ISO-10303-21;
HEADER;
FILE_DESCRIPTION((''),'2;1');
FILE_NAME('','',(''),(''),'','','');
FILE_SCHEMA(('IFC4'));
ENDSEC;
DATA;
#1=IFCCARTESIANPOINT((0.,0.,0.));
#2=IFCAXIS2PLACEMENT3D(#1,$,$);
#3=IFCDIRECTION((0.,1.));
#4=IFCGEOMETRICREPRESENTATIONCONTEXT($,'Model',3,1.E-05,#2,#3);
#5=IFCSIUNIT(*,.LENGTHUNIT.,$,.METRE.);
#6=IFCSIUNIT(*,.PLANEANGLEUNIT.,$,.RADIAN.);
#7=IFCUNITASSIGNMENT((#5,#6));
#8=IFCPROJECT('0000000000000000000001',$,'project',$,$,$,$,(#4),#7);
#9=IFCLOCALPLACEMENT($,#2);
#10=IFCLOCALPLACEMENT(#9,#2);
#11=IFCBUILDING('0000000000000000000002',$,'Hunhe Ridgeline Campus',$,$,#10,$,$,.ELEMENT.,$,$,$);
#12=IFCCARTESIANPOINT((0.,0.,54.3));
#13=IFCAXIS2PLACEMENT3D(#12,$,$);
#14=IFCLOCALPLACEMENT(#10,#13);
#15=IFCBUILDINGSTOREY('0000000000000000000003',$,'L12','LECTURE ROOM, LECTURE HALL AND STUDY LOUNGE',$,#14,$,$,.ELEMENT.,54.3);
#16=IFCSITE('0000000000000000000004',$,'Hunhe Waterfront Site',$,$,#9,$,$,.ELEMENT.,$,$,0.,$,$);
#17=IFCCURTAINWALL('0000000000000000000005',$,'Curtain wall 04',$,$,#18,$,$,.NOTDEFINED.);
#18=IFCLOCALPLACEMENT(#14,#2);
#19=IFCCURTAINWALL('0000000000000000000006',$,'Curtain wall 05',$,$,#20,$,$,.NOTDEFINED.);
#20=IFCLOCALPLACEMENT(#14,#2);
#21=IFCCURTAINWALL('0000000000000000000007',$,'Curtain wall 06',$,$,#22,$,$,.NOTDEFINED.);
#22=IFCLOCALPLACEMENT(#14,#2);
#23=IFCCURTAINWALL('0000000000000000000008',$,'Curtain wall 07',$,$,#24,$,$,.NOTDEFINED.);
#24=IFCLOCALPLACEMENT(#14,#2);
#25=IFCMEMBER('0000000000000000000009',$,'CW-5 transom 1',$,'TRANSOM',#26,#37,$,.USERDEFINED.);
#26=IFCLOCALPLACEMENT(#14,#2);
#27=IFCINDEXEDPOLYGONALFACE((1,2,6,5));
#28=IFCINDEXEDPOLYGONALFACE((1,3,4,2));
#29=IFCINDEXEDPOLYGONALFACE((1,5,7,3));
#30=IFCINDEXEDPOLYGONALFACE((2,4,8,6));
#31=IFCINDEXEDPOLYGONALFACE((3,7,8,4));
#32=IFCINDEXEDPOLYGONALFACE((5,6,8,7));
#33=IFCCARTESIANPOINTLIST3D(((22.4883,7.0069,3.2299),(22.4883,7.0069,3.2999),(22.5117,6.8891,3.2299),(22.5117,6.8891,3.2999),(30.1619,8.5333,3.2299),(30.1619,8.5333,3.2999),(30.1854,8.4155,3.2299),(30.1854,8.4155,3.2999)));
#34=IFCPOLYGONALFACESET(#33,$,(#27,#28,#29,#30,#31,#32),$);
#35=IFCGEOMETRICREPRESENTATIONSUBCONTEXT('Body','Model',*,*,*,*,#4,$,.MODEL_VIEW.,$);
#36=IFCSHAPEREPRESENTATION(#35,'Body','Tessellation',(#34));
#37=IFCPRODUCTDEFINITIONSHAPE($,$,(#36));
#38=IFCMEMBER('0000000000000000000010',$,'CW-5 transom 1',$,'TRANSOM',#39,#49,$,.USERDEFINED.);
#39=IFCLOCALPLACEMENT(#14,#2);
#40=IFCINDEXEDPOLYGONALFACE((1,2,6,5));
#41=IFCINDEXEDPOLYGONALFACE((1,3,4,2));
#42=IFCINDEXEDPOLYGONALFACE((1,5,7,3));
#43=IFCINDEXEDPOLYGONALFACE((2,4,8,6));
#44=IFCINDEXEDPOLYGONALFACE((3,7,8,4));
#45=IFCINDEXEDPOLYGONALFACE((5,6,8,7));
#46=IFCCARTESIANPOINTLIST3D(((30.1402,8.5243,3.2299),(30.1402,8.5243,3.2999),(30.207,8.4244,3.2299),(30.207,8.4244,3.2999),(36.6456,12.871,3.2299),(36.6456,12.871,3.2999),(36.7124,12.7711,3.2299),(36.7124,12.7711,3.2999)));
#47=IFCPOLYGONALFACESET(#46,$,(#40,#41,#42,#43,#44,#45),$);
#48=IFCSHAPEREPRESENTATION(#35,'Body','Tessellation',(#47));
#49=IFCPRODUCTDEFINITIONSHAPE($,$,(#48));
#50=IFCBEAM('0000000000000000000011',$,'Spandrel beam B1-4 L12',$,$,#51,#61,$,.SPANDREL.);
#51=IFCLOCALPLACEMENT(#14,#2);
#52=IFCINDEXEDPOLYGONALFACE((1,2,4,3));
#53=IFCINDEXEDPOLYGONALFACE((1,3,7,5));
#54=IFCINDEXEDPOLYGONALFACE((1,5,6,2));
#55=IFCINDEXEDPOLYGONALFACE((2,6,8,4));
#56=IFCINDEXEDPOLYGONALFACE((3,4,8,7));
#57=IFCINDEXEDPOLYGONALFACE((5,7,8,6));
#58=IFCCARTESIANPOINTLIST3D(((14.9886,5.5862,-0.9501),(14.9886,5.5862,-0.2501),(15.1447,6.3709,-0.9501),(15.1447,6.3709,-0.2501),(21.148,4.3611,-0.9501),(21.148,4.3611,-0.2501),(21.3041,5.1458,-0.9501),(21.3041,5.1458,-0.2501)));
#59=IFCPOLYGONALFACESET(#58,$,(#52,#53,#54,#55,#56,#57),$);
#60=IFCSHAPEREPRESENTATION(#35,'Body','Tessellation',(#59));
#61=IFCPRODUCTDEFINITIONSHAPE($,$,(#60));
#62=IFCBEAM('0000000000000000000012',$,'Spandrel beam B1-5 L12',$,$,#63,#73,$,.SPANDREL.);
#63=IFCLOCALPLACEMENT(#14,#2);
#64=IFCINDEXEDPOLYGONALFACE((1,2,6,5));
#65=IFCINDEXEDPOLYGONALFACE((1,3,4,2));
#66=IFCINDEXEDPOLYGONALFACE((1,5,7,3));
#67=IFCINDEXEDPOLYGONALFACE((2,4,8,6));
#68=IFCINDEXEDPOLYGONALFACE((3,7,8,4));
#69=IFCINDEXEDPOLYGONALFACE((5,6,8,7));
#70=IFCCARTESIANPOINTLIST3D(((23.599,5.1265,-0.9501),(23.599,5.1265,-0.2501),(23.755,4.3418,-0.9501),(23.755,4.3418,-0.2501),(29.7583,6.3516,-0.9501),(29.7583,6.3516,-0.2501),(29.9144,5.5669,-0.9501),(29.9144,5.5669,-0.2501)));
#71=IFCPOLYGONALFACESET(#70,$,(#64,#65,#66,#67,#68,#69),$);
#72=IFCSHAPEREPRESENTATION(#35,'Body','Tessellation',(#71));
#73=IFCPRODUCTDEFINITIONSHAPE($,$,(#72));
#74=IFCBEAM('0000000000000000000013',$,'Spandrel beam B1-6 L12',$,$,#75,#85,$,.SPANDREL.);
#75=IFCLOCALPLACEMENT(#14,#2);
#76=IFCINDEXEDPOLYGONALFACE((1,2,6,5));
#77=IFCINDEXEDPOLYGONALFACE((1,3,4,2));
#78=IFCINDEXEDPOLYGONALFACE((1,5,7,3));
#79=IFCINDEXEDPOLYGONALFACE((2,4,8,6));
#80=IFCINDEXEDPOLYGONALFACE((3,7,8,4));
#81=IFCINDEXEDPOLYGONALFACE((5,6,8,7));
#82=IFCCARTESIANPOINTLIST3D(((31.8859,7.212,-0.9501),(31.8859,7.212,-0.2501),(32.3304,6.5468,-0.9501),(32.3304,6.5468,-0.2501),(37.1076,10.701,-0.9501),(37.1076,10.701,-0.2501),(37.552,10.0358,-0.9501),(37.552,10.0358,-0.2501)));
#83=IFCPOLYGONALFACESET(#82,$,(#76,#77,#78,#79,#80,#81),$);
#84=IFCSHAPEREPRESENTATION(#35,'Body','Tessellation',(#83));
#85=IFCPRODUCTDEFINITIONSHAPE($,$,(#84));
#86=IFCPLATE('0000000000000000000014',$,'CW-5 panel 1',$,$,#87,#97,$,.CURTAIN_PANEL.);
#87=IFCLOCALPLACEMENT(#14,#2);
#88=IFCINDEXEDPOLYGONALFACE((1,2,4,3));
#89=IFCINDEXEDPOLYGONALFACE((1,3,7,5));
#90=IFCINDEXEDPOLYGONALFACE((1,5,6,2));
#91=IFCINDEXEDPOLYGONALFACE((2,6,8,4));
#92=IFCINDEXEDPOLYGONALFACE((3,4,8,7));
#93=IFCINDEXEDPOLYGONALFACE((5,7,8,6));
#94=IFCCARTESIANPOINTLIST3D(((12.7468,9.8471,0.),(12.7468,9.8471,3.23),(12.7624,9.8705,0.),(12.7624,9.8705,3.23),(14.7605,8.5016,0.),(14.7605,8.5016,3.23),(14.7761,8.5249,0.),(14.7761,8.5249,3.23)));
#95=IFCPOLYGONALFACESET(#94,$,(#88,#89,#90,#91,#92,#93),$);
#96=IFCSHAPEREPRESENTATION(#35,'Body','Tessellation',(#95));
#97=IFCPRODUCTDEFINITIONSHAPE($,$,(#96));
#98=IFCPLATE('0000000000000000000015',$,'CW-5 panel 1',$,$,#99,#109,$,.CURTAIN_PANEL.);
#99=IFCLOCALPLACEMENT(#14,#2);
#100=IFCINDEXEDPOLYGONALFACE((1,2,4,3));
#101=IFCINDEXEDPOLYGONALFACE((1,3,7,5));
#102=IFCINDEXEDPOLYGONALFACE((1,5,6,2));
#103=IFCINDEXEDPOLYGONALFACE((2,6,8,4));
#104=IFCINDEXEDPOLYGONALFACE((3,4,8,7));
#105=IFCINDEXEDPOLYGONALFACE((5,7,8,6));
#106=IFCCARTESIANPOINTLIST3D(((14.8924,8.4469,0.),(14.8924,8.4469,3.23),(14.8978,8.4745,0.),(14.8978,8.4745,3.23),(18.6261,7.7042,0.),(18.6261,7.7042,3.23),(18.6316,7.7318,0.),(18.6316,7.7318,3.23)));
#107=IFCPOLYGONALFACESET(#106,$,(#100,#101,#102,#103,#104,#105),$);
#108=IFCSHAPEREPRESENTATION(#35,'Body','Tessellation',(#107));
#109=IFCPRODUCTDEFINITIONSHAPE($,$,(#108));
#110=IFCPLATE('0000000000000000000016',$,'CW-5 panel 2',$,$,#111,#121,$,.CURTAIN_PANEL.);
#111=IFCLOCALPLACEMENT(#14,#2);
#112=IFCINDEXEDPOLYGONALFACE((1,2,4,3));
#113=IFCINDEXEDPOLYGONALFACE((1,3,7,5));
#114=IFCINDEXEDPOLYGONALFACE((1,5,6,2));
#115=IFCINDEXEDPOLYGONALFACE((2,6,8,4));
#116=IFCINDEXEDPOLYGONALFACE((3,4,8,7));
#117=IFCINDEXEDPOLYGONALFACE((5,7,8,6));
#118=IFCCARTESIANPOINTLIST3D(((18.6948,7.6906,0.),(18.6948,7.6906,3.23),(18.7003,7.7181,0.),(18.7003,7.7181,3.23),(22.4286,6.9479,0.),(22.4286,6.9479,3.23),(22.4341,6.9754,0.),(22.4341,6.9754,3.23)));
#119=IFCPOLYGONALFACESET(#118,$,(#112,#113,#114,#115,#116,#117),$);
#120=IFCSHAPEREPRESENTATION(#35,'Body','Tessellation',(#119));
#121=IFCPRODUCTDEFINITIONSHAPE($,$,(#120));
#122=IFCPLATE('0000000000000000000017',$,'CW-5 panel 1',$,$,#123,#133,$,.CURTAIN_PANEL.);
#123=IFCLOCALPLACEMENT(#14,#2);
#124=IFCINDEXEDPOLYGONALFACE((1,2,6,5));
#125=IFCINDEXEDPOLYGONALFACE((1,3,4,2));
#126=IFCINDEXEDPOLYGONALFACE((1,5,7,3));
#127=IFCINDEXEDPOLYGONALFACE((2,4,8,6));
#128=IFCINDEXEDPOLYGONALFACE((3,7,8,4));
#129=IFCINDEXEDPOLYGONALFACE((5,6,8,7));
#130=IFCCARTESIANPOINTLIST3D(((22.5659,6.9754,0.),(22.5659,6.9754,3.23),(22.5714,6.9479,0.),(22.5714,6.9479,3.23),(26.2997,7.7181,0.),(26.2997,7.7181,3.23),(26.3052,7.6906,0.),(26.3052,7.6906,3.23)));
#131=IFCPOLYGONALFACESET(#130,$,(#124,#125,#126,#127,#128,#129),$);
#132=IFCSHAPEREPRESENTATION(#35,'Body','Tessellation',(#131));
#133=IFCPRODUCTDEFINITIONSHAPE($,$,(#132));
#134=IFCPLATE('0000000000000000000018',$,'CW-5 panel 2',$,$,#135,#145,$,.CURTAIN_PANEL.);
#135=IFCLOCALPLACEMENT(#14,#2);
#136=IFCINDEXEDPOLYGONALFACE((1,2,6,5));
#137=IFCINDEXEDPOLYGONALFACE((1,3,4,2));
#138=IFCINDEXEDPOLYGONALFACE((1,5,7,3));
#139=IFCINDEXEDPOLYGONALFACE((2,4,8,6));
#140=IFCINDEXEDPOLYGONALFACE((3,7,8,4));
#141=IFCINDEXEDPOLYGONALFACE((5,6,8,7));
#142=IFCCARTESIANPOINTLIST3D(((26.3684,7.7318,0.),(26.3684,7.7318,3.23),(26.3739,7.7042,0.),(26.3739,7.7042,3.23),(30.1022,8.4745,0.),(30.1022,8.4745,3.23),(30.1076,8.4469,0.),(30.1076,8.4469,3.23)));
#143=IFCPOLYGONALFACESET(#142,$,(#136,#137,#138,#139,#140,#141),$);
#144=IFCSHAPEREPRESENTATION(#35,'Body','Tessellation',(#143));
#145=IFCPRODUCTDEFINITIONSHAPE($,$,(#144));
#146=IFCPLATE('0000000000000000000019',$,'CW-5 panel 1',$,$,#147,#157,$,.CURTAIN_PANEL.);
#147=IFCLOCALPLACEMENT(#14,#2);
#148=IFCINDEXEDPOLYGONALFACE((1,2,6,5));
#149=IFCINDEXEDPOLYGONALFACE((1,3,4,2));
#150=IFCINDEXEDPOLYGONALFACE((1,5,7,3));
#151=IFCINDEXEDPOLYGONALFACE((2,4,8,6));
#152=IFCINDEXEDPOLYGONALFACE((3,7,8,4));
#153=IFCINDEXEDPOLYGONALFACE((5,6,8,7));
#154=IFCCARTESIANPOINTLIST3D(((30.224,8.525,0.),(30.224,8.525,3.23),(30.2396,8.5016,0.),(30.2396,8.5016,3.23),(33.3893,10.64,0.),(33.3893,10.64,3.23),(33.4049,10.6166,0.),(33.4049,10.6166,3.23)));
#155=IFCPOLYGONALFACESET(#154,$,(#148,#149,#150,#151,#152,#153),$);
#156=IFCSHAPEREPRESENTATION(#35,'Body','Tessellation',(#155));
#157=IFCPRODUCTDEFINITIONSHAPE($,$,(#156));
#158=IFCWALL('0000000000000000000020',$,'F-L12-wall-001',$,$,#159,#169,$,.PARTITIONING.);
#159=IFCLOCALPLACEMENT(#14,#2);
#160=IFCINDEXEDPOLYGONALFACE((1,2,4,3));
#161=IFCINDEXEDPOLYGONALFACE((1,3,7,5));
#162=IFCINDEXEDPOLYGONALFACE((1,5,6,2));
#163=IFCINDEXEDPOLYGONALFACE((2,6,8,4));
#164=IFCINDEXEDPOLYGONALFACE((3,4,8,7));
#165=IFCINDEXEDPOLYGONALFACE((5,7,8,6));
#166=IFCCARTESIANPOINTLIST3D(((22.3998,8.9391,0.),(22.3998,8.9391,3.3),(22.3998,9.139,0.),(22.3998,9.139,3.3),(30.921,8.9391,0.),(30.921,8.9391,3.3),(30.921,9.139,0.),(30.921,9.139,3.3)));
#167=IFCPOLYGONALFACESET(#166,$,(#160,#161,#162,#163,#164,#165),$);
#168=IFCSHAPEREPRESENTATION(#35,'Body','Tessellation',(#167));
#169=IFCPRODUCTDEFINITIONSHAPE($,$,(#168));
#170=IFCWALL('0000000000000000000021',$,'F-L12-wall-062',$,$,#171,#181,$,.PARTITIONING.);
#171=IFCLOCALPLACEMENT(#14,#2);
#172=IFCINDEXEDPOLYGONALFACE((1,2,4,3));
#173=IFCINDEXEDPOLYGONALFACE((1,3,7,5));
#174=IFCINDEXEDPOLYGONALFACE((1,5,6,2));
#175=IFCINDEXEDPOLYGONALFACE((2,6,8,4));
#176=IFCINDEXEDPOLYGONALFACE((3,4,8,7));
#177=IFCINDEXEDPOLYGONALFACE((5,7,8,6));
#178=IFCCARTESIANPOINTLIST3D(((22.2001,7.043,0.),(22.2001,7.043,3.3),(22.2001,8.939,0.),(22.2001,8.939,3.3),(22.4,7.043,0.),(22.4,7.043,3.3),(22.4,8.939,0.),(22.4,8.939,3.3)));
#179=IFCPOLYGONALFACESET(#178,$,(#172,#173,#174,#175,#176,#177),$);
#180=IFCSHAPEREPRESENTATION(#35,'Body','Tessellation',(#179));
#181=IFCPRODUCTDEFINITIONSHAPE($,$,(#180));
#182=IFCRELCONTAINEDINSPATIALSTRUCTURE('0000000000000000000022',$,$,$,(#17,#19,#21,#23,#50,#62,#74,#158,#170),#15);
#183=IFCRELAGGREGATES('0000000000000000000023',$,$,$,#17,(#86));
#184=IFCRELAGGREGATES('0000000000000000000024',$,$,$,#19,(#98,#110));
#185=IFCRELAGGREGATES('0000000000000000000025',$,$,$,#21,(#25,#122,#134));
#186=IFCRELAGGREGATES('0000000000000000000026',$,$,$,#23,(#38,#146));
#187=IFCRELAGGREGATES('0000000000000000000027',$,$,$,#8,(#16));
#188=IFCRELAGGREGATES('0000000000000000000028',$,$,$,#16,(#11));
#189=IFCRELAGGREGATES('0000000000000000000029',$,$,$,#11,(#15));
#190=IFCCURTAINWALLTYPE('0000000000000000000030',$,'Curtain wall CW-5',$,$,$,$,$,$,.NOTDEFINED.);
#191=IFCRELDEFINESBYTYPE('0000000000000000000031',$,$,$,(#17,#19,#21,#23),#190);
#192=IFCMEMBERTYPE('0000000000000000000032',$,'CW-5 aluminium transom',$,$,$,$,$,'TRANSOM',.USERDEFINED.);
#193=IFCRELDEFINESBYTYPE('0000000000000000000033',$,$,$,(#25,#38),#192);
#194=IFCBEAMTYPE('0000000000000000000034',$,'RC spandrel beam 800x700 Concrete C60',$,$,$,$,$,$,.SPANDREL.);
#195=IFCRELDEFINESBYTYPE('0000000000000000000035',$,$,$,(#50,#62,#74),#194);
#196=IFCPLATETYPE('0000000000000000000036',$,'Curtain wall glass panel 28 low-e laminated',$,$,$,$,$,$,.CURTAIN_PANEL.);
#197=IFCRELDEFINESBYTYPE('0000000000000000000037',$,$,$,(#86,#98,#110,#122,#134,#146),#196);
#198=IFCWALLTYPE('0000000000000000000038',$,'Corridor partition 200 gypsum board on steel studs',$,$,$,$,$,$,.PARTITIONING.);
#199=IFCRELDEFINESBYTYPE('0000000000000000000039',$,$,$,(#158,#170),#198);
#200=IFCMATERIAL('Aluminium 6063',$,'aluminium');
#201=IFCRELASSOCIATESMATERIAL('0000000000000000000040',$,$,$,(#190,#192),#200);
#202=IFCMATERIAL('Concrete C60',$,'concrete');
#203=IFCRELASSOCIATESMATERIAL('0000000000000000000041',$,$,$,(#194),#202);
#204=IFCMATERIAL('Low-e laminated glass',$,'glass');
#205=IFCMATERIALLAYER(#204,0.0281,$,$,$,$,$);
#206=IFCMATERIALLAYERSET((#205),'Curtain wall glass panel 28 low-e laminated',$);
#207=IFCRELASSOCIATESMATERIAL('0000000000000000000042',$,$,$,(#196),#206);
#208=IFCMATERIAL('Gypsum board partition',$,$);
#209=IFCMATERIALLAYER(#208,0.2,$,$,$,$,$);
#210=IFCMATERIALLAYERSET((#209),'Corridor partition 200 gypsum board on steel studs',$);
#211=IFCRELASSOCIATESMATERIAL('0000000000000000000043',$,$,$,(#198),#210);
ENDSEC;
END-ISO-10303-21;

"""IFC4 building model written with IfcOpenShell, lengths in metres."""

from ifc_helpers import new_model, si_unit, direction, frame, frame_2d, origin, origin_2d, place, context, subcontext, project, spatial, rectangle, extrude, material, layer, layer_set, material_profile, profile_set, type_object, element, aggregate, save


model = new_model("IFC4")

# Units and contexts
model_context = context("Model", 3, precision=1e-05, world=origin(), true_north=direction((0.0, 1.0)))
body_context = subcontext(model_context, "Body", "Model", "MODEL_VIEW")
ifc_project = project(units=[si_unit("LENGTHUNIT", "METRE"), si_unit("PLANEANGLEUNIT", "RADIAN")], contexts=[model_context])

# Site, building, storey
site_placement = place(None, origin())
site = spatial("IfcSite", under=ifc_project, at=site_placement, Name="Hunhe Waterfront Site", CompositionType="ELEMENT", RefElevation=0.0)
building_placement = place(site_placement, origin())
building = spatial("IfcBuilding", under=site, at=building_placement, Name="Hunhe Ridgeline Campus", CompositionType="ELEMENT")
storey_placement = place(building_placement, frame((0.0, 0.0, 54.3)))
storey = spatial("IfcBuildingStorey", under=building, at=storey_placement, Name="L12", Description="LECTURE ROOM, LECTURE HALL AND STUDY LOUNGE", CompositionType="ELEMENT", Elevation=54.3)

# Curtain walls
ifc_material_1 = material(Name="Aluminium 6063", Category="aluminium")
curtain_wall_type = type_object("IfcCurtainWallType", Name="Curtain wall CW-5", PredefinedType="NOTDEFINED", material=ifc_material_1)
curtain_wall_1_placement = place(storey_placement, origin())
curtain_wall_1 = element("IfcCurtainWall", 1, at=curtain_wall_1_placement, inside=storey, type_object=curtain_wall_type, Name="Curtain wall 04", PredefinedType="NOTDEFINED")
curtain_wall_2_placement = place(storey_placement, origin())
curtain_wall_2 = element("IfcCurtainWall", 2, at=curtain_wall_2_placement, inside=storey, type_object=curtain_wall_type, Name="Curtain wall 05", PredefinedType="NOTDEFINED")
curtain_wall_3_placement = place(storey_placement, origin())
curtain_wall_3 = element("IfcCurtainWall", 3, at=curtain_wall_3_placement, inside=storey, type_object=curtain_wall_type, Name="Curtain wall 06", PredefinedType="NOTDEFINED")
curtain_wall_4_placement = place(storey_placement, origin())
curtain_wall_4 = element("IfcCurtainWall", 4, at=curtain_wall_4_placement, inside=storey, type_object=curtain_wall_type, Name="Curtain wall 07", PredefinedType="NOTDEFINED")

# Members
ifc_material_profile_1 = material_profile(ifc_material_1, rectangle(XDim=0.1201, YDim=0.0701, at=origin_2d()))
ifc_profile_set_1 = profile_set([ifc_material_profile_1], Name="Aluminium 6063")
member_type_1 = type_object("IfcMemberType", Name="CW-5 aluminium transom", ElementType="TRANSOM", PredefinedType="USERDEFINED", material=ifc_profile_set_1)
member_1_placement = place(storey_placement, frame((22.5, 6.948, 3.2649), z_axis=(0.980785, 0.19509, 0.0), x_axis=(-0.19509, 0.980785, 0.0)))
member_1 = element("IfcMember", 5, at=member_1_placement, type_object=member_type_1, Name="CW-5 transom 1", ObjectType="TRANSOM", PredefinedType="USERDEFINED", context=body_context, shape_type="SweptSolid", body=[
    extrude(rectangle(XDim=0.1201, YDim=0.0701, at=origin_2d()), origin(), (0.0, 0.0, 1.0), 7.824),
])
member_2_placement = place(storey_placement, frame((30.1736, 8.4744, 3.2649), z_axis=(0.831474, 0.555564, 0.0), x_axis=(-0.555564, 0.831474, 0.0)))
member_2 = element("IfcMember", 6, at=member_2_placement, type_object=member_type_1, Name="CW-5 transom 1", ObjectType="TRANSOM", PredefinedType="USERDEFINED", context=body_context, shape_type="SweptSolid", body=[
    extrude(rectangle(XDim=0.1201, YDim=0.0701, at=origin_2d()), origin(), (0.0, 0.0, 1.0), 7.824),
])

# Beams
ifc_material_2 = material(Name="Concrete C60", Category="concrete")
ifc_material_profile_2 = material_profile(ifc_material_2, rectangle(XDim=0.8, YDim=0.7, at=origin_2d()))
ifc_profile_set_2 = profile_set([ifc_material_profile_2], Name="Concrete C60")
beam_type = type_object("IfcBeamType", Name="RC spandrel beam 800x700 Concrete C60", PredefinedType="SPANDREL", material=ifc_profile_set_2)
for number, where, z_axis, x_axis, name in (
    (7, (15.0667, 5.9785, -0.6001), (0.980788, -0.195077, 0.0), (0.195077, 0.980788, 0.0), "Spandrel beam B1-4 L12"),
    (8, (23.677, 4.7341, -0.6001), (0.980788, 0.195077, 0.0), (-0.195077, 0.980788, 0.0), "Spandrel beam B1-5 L12"),
    (9, (32.1082, 6.8794, -0.6001), (0.83147, 0.55557, 0.0), (-0.55557, 0.83147, 0.0), "Spandrel beam B1-6 L12"),
):
    element("IfcBeam", number, at=place(storey_placement, frame(where, z_axis=z_axis, x_axis=x_axis)), inside=storey, type_object=beam_type, Name=name, PredefinedType="SPANDREL", context=body_context, shape_type="SweptSolid", body=[
        extrude(rectangle(XDim=0.8, YDim=0.7, at=origin_2d()), origin(), (0.0, 0.0, 1.0), 6.28),
    ])

# Plates
ifc_material_3 = material(Name="Low-e laminated glass", Category="glass")
ifc_layer_1 = layer(ifc_material_3, 0.0281)
ifc_layer_set_1 = layer_set([ifc_layer_1], Name="Curtain wall glass panel 28 low-e laminated")
plate_type = type_object("IfcPlateType", Name="Curtain wall glass panel 28 low-e laminated", PredefinedType="CURTAIN_PANEL", material=ifc_layer_set_1)
plate_1_placement = place(storey_placement, frame((13.7615, 9.186, 0.0), z_axis=(0.0, 0.0, 1.0), x_axis=(0.83147, -0.55557, 0.0)))
plate_1 = element("IfcPlate", 10, at=plate_1_placement, type_object=plate_type, Name="CW-5 panel 1", PredefinedType="CURTAIN_PANEL", context=body_context, shape_type="SweptSolid", body=[
    extrude(rectangle(XDim=2.4219, YDim=0.0281, at=origin_2d()), origin(), (0.0, 0.0, 1.0), 3.23),
])
aggregate(curtain_wall_1, [plate_1])
plate_2_placement = place(storey_placement, frame((16.762, 8.0894, 0.0), z_axis=(0.0, 0.0, 1.0), x_axis=(0.980785, -0.19509, 0.0)))
plate_2 = element("IfcPlate", 11, at=plate_2_placement, type_object=plate_type, Name="CW-5 panel 1", PredefinedType="CURTAIN_PANEL", context=body_context, shape_type="SweptSolid", body=[
    extrude(rectangle(XDim=3.8069, YDim=0.0281, at=origin_2d()), origin(), (0.0, 0.0, 1.0), 3.23),
])
plate_3_placement = place(storey_placement, frame((20.5645, 7.333, 0.0), z_axis=(0.0, 0.0, 1.0), x_axis=(0.980785, -0.19509, 0.0)))
plate_3 = element("IfcPlate", 12, at=plate_3_placement, type_object=plate_type, Name="CW-5 panel 2", PredefinedType="CURTAIN_PANEL", context=body_context, shape_type="SweptSolid", body=[
    extrude(rectangle(XDim=3.8069, YDim=0.0281, at=origin_2d()), origin(), (0.0, 0.0, 1.0), 3.23),
])
aggregate(curtain_wall_2, [plate_2, plate_3])
plate_4_placement = place(storey_placement, frame((24.4355, 7.333, 0.0), z_axis=(0.0, 0.0, 1.0), x_axis=(0.980785, 0.19509, 0.0)))
plate_4 = element("IfcPlate", 13, at=plate_4_placement, type_object=plate_type, Name="CW-5 panel 1", PredefinedType="CURTAIN_PANEL", context=body_context, shape_type="SweptSolid", body=[
    extrude(rectangle(XDim=3.8069, YDim=0.0281, at=origin_2d()), origin(), (0.0, 0.0, 1.0), 3.23),
])
plate_5_placement = place(storey_placement, frame((28.238, 8.0894, 0.0), z_axis=(0.0, 0.0, 1.0), x_axis=(0.980785, 0.19509, 0.0)))
plate_5 = element("IfcPlate", 14, at=plate_5_placement, type_object=plate_type, Name="CW-5 panel 2", PredefinedType="CURTAIN_PANEL", context=body_context, shape_type="SweptSolid", body=[
    extrude(rectangle(XDim=3.8069, YDim=0.0281, at=origin_2d()), origin(), (0.0, 0.0, 1.0), 3.23),
])
aggregate(curtain_wall_3, [member_1, plate_4, plate_5])
plate_6_placement = place(storey_placement, frame((31.8145, 9.5708, 0.0), z_axis=(0.0, 0.0, 1.0), x_axis=(0.83147, 0.55557, 0.0)))
plate_6 = element("IfcPlate", 15, at=plate_6_placement, type_object=plate_type, Name="CW-5 panel 1", PredefinedType="CURTAIN_PANEL", context=body_context, shape_type="SweptSolid", body=[
    extrude(rectangle(XDim=3.8069, YDim=0.0281, at=origin_2d()), origin(), (0.0, 0.0, 1.0), 3.23),
])
aggregate(curtain_wall_4, [member_2, plate_6])

# Wall
ifc_material_4 = material(Name="Gypsum board partition")
ifc_layer_2 = layer(ifc_material_4, 0.2)
ifc_layer_set_2 = layer_set([ifc_layer_2], Name="Corridor partition 200 gypsum board on steel studs")
wall_type = type_object("IfcWallType", Name="Corridor partition 200 gypsum board on steel studs", PredefinedType="PARTITIONING", material=ifc_layer_set_2)
wall_1_placement = place(storey_placement, frame((30.9211, 9.0391, 0.0), z_axis=(0.0, 0.0, 1.0), x_axis=(-1.0, 0.0, 0.0)))
element("IfcWall", 16, at=wall_1_placement, inside=storey, type_object=wall_type, Name="F-L12-wall-001", PredefinedType="PARTITIONING", context=body_context, shape_type="SweptSolid", body=[
    extrude(rectangle(XDim=8.5212, YDim=0.2, at=frame_2d((4.2607, 0.0))), origin(), (0.0, 0.0, 1.0), 3.3),
])

# Wall
wall_2_placement = place(storey_placement, frame((22.3, 8.939, 0.0), z_axis=(0.0, 0.0, 1.0), x_axis=(0.0, -1.0, 0.0)))
element("IfcWall", 17, at=wall_2_placement, inside=storey, type_object=wall_type, Name="F-L12-wall-062", PredefinedType="PARTITIONING", context=body_context, shape_type="SweptSolid", body=[
    extrude(rectangle(XDim=1.896, YDim=0.2, at=frame_2d((0.948, 0.0))), origin(), (0.0, 0.0, 1.0), 3.3),
])

save(model, "model.ifc")
